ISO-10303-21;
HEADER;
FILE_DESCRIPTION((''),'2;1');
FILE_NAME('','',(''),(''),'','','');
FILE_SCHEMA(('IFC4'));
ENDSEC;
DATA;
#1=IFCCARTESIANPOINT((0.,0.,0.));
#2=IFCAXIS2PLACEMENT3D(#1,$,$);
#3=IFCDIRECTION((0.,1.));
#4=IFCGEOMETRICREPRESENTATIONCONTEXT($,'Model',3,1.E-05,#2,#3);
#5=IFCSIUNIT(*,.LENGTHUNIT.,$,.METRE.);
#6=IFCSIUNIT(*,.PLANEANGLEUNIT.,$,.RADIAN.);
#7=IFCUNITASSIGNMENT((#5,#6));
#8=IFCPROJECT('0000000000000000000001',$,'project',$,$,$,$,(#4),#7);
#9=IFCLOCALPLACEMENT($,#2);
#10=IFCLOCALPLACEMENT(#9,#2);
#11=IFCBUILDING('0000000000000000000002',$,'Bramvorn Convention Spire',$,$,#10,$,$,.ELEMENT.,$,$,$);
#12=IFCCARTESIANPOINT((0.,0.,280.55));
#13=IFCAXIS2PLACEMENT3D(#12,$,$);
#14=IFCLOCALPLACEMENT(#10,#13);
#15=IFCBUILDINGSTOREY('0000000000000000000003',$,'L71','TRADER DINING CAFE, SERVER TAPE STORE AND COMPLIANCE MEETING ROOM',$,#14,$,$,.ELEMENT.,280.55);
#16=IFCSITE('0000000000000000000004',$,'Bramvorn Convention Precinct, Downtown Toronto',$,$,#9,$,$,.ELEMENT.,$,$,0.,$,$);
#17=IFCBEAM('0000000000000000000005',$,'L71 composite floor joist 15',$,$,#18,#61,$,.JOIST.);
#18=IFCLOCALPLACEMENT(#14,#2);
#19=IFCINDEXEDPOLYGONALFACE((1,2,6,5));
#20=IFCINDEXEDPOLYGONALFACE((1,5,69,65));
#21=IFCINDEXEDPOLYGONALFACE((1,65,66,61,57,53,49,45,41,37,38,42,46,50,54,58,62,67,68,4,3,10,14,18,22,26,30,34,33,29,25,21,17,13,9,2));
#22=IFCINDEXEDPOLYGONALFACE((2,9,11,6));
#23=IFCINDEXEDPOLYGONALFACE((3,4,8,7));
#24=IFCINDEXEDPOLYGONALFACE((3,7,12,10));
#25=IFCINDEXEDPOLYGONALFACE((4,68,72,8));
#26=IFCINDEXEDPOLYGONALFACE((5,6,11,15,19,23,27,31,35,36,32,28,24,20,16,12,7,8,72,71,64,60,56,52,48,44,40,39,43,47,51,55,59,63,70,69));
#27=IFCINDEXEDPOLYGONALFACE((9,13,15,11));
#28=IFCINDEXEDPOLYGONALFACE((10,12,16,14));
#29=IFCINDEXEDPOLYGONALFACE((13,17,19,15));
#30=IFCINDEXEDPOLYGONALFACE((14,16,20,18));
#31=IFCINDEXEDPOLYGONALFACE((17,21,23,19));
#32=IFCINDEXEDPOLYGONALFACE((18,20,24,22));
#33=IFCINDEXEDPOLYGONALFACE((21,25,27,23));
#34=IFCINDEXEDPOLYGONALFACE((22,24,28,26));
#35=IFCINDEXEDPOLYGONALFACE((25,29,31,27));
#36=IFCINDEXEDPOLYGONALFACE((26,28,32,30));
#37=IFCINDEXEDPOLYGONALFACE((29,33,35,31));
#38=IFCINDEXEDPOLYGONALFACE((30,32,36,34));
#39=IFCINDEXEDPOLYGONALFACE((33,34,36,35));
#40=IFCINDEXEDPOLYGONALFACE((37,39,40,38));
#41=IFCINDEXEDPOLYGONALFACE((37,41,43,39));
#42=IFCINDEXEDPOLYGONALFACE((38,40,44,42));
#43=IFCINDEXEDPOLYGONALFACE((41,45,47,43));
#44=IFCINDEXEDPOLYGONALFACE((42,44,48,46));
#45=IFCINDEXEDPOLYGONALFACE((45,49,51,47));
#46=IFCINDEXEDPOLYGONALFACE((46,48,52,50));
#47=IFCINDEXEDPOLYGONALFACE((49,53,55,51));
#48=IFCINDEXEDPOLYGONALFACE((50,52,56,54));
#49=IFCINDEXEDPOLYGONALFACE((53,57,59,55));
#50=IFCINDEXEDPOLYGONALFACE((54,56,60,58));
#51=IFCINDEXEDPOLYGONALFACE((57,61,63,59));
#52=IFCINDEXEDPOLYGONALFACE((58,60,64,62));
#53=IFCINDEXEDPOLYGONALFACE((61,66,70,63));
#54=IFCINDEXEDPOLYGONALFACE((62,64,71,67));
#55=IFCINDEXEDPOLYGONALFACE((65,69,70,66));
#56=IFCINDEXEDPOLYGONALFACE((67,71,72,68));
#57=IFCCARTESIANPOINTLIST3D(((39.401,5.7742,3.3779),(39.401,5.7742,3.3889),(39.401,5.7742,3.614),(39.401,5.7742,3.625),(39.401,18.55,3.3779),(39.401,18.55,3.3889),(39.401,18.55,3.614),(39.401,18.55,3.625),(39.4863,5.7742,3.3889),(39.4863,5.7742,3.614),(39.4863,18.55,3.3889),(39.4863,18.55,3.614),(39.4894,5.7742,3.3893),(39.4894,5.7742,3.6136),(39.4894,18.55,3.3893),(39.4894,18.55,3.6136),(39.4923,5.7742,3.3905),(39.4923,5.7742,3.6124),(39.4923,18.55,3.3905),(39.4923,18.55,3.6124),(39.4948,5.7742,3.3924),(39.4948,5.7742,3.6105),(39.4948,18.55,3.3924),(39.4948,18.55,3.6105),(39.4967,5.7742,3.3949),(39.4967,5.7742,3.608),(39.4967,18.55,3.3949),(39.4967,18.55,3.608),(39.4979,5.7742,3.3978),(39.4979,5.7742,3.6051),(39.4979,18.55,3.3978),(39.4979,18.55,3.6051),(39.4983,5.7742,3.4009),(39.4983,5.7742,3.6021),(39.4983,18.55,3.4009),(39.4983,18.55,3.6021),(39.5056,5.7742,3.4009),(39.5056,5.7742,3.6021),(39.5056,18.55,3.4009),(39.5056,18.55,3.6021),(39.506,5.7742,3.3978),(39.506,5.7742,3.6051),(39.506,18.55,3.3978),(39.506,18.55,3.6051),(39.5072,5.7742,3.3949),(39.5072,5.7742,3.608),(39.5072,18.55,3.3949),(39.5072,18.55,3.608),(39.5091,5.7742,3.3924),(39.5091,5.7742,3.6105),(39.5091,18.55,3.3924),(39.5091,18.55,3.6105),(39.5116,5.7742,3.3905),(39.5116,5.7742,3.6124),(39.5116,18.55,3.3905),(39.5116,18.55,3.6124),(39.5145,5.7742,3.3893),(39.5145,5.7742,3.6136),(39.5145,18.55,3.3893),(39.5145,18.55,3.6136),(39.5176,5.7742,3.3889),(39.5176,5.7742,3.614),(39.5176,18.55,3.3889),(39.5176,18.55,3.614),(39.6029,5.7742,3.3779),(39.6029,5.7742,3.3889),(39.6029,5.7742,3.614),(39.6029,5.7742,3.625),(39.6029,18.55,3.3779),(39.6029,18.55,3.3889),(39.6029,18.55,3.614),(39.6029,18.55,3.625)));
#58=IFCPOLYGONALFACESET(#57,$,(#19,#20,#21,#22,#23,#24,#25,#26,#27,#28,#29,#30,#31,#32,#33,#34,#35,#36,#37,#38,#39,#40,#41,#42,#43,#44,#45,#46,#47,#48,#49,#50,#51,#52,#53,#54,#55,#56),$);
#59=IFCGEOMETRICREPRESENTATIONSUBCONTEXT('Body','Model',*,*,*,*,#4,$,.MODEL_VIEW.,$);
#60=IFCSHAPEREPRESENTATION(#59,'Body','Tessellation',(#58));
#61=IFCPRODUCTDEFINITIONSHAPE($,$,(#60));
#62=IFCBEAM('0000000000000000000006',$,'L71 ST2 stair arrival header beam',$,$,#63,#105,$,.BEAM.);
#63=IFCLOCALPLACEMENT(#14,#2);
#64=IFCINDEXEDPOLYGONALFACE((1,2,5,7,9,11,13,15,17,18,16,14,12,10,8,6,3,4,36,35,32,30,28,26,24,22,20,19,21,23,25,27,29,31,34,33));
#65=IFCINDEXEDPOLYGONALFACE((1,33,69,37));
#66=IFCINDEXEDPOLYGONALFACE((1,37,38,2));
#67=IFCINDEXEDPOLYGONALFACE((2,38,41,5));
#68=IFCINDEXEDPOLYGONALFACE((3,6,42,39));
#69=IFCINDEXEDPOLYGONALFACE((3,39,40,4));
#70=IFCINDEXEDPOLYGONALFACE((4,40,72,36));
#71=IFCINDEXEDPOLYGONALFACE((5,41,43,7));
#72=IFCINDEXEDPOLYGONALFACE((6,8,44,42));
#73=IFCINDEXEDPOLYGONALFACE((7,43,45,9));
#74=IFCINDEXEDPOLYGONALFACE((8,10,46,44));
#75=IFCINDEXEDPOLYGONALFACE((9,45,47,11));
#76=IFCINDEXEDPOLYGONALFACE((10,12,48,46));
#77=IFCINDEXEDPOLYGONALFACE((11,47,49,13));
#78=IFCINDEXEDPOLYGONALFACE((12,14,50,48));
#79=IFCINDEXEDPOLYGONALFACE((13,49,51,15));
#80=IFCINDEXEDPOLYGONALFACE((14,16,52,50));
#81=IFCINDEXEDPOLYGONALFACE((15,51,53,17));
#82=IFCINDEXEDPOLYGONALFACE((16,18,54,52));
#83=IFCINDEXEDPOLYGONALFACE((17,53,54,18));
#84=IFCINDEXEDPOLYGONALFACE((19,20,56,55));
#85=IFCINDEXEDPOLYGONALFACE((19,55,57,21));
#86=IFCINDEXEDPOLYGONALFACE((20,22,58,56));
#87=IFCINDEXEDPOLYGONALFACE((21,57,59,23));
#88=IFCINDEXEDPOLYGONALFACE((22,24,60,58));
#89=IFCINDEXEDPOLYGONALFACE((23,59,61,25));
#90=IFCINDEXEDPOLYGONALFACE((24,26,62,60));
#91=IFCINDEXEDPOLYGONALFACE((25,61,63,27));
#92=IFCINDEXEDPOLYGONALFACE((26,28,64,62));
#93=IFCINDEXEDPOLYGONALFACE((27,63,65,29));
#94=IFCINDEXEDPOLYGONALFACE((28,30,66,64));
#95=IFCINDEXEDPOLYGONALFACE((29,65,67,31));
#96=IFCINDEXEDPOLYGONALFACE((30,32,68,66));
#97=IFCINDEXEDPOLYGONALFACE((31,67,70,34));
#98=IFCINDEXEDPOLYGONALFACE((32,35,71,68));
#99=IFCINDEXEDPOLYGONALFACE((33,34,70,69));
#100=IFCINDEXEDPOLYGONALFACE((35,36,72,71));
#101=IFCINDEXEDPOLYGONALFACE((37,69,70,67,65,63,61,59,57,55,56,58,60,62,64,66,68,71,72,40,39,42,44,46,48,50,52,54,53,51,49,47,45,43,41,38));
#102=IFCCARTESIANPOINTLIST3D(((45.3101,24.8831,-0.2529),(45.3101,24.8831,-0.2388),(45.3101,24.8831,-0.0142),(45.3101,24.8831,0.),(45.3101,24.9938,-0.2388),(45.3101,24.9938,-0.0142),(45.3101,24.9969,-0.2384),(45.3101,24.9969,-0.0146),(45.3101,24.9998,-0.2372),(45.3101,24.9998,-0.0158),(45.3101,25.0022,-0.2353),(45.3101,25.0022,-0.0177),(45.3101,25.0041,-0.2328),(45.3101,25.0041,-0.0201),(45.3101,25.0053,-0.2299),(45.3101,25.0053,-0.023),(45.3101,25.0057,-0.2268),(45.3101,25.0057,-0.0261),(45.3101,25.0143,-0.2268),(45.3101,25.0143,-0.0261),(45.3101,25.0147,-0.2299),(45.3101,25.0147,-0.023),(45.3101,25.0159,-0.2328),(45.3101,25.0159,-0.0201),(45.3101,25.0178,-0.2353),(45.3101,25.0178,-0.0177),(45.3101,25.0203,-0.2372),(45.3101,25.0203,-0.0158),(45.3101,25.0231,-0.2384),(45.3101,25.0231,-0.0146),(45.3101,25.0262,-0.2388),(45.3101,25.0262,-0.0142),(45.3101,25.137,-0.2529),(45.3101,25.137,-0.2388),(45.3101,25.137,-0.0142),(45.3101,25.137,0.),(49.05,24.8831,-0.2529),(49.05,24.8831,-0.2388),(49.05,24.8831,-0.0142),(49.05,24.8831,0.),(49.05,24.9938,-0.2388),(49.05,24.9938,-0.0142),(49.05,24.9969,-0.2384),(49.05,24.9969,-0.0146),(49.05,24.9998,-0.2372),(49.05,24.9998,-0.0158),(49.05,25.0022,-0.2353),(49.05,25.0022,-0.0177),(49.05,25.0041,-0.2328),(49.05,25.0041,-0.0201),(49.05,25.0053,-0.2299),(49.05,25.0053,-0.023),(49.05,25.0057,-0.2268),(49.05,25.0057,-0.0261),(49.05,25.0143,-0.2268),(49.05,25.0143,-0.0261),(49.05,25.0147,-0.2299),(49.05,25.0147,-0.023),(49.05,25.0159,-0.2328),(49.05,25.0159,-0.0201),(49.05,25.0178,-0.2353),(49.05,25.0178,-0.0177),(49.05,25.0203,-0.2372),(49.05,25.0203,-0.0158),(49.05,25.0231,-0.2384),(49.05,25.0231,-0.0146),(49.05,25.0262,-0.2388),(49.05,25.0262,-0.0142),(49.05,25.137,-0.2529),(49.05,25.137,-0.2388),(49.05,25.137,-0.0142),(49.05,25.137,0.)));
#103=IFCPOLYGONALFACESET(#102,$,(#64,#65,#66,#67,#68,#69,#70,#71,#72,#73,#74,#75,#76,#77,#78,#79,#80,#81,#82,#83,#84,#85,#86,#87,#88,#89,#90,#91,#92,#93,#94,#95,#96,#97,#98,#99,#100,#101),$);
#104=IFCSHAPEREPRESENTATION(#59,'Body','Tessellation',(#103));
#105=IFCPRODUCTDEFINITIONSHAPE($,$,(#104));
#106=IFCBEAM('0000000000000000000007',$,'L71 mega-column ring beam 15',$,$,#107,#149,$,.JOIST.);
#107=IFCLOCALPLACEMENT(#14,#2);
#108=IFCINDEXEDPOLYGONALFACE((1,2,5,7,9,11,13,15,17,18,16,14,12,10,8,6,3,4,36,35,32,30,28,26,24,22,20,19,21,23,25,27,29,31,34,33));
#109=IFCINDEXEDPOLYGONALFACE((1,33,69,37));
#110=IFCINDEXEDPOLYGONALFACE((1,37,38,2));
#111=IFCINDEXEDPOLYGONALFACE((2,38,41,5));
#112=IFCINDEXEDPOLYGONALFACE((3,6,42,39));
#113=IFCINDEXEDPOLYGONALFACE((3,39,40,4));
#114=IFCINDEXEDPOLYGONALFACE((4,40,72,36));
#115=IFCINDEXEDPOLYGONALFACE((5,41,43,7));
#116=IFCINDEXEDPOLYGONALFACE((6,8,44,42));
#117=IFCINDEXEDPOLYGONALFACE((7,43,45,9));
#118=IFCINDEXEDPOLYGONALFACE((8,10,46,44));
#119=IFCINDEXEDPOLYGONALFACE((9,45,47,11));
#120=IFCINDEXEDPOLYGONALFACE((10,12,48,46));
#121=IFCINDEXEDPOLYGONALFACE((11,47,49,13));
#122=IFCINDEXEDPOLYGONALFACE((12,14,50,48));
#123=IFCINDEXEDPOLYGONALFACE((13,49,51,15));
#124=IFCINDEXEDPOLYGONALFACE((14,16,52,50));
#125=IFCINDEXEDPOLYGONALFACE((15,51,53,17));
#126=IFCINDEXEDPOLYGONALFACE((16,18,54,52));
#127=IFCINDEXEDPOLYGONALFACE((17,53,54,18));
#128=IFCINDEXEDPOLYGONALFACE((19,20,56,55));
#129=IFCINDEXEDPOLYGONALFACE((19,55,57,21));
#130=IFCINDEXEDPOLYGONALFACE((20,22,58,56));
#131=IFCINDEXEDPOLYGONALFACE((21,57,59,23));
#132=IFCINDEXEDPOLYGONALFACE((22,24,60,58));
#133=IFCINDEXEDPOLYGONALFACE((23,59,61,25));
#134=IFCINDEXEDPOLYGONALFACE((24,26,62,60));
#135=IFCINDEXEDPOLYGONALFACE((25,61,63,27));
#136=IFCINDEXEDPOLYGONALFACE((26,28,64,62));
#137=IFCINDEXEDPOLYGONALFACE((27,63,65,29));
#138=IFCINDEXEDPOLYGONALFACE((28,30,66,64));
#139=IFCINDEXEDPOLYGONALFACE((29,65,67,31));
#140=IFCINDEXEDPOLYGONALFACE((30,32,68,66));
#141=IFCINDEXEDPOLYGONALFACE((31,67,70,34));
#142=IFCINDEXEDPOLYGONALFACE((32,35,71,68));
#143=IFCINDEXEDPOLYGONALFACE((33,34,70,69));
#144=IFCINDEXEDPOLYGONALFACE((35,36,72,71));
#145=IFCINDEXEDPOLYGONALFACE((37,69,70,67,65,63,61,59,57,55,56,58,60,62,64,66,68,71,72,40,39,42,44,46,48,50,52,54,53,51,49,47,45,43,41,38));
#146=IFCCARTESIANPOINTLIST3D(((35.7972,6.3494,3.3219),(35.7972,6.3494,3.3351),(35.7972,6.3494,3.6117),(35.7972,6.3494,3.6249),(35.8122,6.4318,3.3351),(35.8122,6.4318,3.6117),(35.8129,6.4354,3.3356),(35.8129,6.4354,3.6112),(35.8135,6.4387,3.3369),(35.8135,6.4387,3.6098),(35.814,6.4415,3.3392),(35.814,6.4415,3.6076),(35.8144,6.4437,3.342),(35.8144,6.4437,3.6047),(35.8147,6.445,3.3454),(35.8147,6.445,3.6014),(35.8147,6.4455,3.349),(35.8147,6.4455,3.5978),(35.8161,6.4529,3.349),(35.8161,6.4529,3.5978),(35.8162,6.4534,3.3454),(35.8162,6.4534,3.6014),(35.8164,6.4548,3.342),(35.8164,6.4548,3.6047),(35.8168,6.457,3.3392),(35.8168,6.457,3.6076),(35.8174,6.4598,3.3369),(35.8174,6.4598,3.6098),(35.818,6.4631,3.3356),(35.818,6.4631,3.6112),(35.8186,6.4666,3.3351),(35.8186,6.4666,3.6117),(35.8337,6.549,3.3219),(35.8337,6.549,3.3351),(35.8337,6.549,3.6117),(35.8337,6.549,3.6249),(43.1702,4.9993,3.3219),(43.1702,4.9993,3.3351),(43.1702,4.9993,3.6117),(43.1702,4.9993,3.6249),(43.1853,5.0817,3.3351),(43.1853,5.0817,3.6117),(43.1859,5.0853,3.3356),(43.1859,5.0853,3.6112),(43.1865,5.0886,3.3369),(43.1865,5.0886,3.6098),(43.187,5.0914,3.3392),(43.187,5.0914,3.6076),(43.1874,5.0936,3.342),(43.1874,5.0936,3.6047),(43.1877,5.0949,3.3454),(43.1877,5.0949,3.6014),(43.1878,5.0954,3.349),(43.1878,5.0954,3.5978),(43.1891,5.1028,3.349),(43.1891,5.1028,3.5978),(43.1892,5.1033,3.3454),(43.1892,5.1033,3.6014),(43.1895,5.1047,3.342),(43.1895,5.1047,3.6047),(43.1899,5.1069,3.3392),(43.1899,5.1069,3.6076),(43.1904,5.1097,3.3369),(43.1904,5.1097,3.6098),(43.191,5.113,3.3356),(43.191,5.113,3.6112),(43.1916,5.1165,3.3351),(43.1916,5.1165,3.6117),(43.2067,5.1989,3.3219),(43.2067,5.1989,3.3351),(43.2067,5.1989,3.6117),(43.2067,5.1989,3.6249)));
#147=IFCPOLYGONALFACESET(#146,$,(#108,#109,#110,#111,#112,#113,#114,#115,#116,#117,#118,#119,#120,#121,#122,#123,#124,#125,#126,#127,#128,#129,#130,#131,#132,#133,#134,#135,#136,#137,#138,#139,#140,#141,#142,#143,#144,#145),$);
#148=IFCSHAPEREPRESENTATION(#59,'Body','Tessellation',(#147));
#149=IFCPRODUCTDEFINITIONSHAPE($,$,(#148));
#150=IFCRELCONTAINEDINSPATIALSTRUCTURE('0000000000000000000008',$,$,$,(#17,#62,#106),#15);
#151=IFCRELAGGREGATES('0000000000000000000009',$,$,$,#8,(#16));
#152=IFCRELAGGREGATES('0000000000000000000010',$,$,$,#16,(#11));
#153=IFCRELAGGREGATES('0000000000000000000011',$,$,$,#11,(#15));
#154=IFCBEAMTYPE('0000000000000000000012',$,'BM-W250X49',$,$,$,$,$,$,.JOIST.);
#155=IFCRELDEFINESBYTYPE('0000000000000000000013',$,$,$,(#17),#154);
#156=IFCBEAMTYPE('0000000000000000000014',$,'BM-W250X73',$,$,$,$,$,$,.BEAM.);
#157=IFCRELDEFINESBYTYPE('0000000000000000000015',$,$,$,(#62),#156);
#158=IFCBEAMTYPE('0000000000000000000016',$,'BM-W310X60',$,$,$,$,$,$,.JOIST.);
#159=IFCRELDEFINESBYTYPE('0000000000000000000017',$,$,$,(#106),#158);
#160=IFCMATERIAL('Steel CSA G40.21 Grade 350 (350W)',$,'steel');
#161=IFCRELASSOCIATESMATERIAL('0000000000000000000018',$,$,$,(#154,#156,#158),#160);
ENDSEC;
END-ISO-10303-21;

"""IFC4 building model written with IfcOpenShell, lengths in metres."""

from ifc_helpers import new_model, si_unit, direction, frame, origin, origin_2d, place, context, subcontext, project, spatial, i_section, extrude, material, material_profile, profile_set, type_object, element, save


model = new_model("IFC4")

# Units and contexts
model_context = context("Model", 3, precision=1e-05, world=origin(), true_north=direction((0.0, 1.0)))
body_context = subcontext(model_context, "Body", "Model", "MODEL_VIEW")
ifc_project = project(units=[si_unit("LENGTHUNIT", "METRE"), si_unit("PLANEANGLEUNIT", "RADIAN")], contexts=[model_context])

# Site, building, storey
site_placement = place(None, origin())
site = spatial("IfcSite", under=ifc_project, at=site_placement, Name="Bramvorn Convention Precinct, Downtown Toronto", CompositionType="ELEMENT", RefElevation=0.0)
building_placement = place(site_placement, origin())
building = spatial("IfcBuilding", under=site, at=building_placement, Name="Bramvorn Convention Spire", CompositionType="ELEMENT")
storey_placement = place(building_placement, frame((0.0, 0.0, 280.55)))
storey = spatial("IfcBuildingStorey", under=building, at=storey_placement, Name="L71", Description="TRADER DINING CAFE, SERVER TAPE STORE AND COMPLIANCE MEETING ROOM", CompositionType="ELEMENT", Elevation=280.55)

# Beams
ifc_material_1 = material(Name="Steel CSA G40.21 Grade 350 (350W)", Category="steel")
ifc_material_profile_1 = material_profile(ifc_material_1, i_section(OverallWidth=0.2019, OverallDepth=0.2471, WebThickness=0.0073, FlangeThickness=0.011, FilletRadius=0.012, at=origin_2d()))
ifc_profile_set_1 = profile_set([ifc_material_profile_1], Name="Steel CSA G40.21 Grade 350 (350W) - W250X49")
beam_type_1 = type_object("IfcBeamType", Name="BM-W250X49", PredefinedType="JOIST", material=ifc_profile_set_1)
beam_1_placement = place(storey_placement, frame((39.502, 18.55, 3.5015), z_axis=(0.0, -1.0, 0.0), x_axis=(1.0, 0.0, 0.0)))
element("IfcBeam", 1, at=beam_1_placement, inside=storey, type_object=beam_type_1, Name="L71 composite floor joist 15", PredefinedType="JOIST", context=body_context, shape_type="SweptSolid", body=[
    extrude(i_section(OverallWidth=0.2019, OverallDepth=0.2471, WebThickness=0.0073, FlangeThickness=0.011, FilletRadius=0.012, at=origin_2d()), origin(), (0.0, 0.0, 1.0), 12.7759),
])
ifc_material_profile_2 = material_profile(ifc_material_1, i_section(OverallWidth=0.2539, OverallDepth=0.2529, WebThickness=0.0085, FlangeThickness=0.0142, FilletRadius=0.012, at=origin_2d()))
ifc_profile_set_2 = profile_set([ifc_material_profile_2], Name="Steel CSA G40.21 Grade 350 (350W) - W250X73")
beam_type_2 = type_object("IfcBeamType", Name="BM-W250X73", PredefinedType="BEAM", material=ifc_profile_set_2)
beam_2_placement = place(storey_placement, frame((45.3101, 25.01, -0.1265), z_axis=(1.0, 0.0, 0.0), x_axis=(0.0, 1.0, 0.0)))
element("IfcBeam", 2, at=beam_2_placement, inside=storey, type_object=beam_type_2, Name="L71 ST2 stair arrival header beam", PredefinedType="BEAM", context=body_context, shape_type="SweptSolid", body=[
    extrude(i_section(OverallWidth=0.2539, OverallDepth=0.2529, WebThickness=0.0085, FlangeThickness=0.0142, FilletRadius=0.012, at=origin_2d()), origin(), (0.0, 0.0, 1.0), 3.74),
])
ifc_material_profile_3 = material_profile(ifc_material_1, i_section(OverallWidth=0.2029, OverallDepth=0.303, WebThickness=0.0076, FlangeThickness=0.0132, FilletRadius=0.0139, at=origin_2d()))
ifc_profile_set_3 = profile_set([ifc_material_profile_3], Name="Steel CSA G40.21 Grade 350 (350W) - W310X60")
beam_type_3 = type_object("IfcBeamType", Name="BM-W310X60", PredefinedType="JOIST", material=ifc_profile_set_3)
beam_3_placement = place(storey_placement, frame((35.8154, 6.4492, 3.4734), z_axis=(0.983645, -0.180118, 0.0), x_axis=(0.180118, 0.983645, 0.0)))
element("IfcBeam", 3, at=beam_3_placement, inside=storey, type_object=beam_type_3, Name="L71 mega-column ring beam 15", PredefinedType="JOIST", context=body_context, shape_type="SweptSolid", body=[
    extrude(i_section(OverallWidth=0.2029, OverallDepth=0.303, WebThickness=0.0076, FlangeThickness=0.0132, FilletRadius=0.0139, at=origin_2d()), origin(), (0.0, 0.0, 1.0), 7.4956),
])

save(model, "model.ifc")
